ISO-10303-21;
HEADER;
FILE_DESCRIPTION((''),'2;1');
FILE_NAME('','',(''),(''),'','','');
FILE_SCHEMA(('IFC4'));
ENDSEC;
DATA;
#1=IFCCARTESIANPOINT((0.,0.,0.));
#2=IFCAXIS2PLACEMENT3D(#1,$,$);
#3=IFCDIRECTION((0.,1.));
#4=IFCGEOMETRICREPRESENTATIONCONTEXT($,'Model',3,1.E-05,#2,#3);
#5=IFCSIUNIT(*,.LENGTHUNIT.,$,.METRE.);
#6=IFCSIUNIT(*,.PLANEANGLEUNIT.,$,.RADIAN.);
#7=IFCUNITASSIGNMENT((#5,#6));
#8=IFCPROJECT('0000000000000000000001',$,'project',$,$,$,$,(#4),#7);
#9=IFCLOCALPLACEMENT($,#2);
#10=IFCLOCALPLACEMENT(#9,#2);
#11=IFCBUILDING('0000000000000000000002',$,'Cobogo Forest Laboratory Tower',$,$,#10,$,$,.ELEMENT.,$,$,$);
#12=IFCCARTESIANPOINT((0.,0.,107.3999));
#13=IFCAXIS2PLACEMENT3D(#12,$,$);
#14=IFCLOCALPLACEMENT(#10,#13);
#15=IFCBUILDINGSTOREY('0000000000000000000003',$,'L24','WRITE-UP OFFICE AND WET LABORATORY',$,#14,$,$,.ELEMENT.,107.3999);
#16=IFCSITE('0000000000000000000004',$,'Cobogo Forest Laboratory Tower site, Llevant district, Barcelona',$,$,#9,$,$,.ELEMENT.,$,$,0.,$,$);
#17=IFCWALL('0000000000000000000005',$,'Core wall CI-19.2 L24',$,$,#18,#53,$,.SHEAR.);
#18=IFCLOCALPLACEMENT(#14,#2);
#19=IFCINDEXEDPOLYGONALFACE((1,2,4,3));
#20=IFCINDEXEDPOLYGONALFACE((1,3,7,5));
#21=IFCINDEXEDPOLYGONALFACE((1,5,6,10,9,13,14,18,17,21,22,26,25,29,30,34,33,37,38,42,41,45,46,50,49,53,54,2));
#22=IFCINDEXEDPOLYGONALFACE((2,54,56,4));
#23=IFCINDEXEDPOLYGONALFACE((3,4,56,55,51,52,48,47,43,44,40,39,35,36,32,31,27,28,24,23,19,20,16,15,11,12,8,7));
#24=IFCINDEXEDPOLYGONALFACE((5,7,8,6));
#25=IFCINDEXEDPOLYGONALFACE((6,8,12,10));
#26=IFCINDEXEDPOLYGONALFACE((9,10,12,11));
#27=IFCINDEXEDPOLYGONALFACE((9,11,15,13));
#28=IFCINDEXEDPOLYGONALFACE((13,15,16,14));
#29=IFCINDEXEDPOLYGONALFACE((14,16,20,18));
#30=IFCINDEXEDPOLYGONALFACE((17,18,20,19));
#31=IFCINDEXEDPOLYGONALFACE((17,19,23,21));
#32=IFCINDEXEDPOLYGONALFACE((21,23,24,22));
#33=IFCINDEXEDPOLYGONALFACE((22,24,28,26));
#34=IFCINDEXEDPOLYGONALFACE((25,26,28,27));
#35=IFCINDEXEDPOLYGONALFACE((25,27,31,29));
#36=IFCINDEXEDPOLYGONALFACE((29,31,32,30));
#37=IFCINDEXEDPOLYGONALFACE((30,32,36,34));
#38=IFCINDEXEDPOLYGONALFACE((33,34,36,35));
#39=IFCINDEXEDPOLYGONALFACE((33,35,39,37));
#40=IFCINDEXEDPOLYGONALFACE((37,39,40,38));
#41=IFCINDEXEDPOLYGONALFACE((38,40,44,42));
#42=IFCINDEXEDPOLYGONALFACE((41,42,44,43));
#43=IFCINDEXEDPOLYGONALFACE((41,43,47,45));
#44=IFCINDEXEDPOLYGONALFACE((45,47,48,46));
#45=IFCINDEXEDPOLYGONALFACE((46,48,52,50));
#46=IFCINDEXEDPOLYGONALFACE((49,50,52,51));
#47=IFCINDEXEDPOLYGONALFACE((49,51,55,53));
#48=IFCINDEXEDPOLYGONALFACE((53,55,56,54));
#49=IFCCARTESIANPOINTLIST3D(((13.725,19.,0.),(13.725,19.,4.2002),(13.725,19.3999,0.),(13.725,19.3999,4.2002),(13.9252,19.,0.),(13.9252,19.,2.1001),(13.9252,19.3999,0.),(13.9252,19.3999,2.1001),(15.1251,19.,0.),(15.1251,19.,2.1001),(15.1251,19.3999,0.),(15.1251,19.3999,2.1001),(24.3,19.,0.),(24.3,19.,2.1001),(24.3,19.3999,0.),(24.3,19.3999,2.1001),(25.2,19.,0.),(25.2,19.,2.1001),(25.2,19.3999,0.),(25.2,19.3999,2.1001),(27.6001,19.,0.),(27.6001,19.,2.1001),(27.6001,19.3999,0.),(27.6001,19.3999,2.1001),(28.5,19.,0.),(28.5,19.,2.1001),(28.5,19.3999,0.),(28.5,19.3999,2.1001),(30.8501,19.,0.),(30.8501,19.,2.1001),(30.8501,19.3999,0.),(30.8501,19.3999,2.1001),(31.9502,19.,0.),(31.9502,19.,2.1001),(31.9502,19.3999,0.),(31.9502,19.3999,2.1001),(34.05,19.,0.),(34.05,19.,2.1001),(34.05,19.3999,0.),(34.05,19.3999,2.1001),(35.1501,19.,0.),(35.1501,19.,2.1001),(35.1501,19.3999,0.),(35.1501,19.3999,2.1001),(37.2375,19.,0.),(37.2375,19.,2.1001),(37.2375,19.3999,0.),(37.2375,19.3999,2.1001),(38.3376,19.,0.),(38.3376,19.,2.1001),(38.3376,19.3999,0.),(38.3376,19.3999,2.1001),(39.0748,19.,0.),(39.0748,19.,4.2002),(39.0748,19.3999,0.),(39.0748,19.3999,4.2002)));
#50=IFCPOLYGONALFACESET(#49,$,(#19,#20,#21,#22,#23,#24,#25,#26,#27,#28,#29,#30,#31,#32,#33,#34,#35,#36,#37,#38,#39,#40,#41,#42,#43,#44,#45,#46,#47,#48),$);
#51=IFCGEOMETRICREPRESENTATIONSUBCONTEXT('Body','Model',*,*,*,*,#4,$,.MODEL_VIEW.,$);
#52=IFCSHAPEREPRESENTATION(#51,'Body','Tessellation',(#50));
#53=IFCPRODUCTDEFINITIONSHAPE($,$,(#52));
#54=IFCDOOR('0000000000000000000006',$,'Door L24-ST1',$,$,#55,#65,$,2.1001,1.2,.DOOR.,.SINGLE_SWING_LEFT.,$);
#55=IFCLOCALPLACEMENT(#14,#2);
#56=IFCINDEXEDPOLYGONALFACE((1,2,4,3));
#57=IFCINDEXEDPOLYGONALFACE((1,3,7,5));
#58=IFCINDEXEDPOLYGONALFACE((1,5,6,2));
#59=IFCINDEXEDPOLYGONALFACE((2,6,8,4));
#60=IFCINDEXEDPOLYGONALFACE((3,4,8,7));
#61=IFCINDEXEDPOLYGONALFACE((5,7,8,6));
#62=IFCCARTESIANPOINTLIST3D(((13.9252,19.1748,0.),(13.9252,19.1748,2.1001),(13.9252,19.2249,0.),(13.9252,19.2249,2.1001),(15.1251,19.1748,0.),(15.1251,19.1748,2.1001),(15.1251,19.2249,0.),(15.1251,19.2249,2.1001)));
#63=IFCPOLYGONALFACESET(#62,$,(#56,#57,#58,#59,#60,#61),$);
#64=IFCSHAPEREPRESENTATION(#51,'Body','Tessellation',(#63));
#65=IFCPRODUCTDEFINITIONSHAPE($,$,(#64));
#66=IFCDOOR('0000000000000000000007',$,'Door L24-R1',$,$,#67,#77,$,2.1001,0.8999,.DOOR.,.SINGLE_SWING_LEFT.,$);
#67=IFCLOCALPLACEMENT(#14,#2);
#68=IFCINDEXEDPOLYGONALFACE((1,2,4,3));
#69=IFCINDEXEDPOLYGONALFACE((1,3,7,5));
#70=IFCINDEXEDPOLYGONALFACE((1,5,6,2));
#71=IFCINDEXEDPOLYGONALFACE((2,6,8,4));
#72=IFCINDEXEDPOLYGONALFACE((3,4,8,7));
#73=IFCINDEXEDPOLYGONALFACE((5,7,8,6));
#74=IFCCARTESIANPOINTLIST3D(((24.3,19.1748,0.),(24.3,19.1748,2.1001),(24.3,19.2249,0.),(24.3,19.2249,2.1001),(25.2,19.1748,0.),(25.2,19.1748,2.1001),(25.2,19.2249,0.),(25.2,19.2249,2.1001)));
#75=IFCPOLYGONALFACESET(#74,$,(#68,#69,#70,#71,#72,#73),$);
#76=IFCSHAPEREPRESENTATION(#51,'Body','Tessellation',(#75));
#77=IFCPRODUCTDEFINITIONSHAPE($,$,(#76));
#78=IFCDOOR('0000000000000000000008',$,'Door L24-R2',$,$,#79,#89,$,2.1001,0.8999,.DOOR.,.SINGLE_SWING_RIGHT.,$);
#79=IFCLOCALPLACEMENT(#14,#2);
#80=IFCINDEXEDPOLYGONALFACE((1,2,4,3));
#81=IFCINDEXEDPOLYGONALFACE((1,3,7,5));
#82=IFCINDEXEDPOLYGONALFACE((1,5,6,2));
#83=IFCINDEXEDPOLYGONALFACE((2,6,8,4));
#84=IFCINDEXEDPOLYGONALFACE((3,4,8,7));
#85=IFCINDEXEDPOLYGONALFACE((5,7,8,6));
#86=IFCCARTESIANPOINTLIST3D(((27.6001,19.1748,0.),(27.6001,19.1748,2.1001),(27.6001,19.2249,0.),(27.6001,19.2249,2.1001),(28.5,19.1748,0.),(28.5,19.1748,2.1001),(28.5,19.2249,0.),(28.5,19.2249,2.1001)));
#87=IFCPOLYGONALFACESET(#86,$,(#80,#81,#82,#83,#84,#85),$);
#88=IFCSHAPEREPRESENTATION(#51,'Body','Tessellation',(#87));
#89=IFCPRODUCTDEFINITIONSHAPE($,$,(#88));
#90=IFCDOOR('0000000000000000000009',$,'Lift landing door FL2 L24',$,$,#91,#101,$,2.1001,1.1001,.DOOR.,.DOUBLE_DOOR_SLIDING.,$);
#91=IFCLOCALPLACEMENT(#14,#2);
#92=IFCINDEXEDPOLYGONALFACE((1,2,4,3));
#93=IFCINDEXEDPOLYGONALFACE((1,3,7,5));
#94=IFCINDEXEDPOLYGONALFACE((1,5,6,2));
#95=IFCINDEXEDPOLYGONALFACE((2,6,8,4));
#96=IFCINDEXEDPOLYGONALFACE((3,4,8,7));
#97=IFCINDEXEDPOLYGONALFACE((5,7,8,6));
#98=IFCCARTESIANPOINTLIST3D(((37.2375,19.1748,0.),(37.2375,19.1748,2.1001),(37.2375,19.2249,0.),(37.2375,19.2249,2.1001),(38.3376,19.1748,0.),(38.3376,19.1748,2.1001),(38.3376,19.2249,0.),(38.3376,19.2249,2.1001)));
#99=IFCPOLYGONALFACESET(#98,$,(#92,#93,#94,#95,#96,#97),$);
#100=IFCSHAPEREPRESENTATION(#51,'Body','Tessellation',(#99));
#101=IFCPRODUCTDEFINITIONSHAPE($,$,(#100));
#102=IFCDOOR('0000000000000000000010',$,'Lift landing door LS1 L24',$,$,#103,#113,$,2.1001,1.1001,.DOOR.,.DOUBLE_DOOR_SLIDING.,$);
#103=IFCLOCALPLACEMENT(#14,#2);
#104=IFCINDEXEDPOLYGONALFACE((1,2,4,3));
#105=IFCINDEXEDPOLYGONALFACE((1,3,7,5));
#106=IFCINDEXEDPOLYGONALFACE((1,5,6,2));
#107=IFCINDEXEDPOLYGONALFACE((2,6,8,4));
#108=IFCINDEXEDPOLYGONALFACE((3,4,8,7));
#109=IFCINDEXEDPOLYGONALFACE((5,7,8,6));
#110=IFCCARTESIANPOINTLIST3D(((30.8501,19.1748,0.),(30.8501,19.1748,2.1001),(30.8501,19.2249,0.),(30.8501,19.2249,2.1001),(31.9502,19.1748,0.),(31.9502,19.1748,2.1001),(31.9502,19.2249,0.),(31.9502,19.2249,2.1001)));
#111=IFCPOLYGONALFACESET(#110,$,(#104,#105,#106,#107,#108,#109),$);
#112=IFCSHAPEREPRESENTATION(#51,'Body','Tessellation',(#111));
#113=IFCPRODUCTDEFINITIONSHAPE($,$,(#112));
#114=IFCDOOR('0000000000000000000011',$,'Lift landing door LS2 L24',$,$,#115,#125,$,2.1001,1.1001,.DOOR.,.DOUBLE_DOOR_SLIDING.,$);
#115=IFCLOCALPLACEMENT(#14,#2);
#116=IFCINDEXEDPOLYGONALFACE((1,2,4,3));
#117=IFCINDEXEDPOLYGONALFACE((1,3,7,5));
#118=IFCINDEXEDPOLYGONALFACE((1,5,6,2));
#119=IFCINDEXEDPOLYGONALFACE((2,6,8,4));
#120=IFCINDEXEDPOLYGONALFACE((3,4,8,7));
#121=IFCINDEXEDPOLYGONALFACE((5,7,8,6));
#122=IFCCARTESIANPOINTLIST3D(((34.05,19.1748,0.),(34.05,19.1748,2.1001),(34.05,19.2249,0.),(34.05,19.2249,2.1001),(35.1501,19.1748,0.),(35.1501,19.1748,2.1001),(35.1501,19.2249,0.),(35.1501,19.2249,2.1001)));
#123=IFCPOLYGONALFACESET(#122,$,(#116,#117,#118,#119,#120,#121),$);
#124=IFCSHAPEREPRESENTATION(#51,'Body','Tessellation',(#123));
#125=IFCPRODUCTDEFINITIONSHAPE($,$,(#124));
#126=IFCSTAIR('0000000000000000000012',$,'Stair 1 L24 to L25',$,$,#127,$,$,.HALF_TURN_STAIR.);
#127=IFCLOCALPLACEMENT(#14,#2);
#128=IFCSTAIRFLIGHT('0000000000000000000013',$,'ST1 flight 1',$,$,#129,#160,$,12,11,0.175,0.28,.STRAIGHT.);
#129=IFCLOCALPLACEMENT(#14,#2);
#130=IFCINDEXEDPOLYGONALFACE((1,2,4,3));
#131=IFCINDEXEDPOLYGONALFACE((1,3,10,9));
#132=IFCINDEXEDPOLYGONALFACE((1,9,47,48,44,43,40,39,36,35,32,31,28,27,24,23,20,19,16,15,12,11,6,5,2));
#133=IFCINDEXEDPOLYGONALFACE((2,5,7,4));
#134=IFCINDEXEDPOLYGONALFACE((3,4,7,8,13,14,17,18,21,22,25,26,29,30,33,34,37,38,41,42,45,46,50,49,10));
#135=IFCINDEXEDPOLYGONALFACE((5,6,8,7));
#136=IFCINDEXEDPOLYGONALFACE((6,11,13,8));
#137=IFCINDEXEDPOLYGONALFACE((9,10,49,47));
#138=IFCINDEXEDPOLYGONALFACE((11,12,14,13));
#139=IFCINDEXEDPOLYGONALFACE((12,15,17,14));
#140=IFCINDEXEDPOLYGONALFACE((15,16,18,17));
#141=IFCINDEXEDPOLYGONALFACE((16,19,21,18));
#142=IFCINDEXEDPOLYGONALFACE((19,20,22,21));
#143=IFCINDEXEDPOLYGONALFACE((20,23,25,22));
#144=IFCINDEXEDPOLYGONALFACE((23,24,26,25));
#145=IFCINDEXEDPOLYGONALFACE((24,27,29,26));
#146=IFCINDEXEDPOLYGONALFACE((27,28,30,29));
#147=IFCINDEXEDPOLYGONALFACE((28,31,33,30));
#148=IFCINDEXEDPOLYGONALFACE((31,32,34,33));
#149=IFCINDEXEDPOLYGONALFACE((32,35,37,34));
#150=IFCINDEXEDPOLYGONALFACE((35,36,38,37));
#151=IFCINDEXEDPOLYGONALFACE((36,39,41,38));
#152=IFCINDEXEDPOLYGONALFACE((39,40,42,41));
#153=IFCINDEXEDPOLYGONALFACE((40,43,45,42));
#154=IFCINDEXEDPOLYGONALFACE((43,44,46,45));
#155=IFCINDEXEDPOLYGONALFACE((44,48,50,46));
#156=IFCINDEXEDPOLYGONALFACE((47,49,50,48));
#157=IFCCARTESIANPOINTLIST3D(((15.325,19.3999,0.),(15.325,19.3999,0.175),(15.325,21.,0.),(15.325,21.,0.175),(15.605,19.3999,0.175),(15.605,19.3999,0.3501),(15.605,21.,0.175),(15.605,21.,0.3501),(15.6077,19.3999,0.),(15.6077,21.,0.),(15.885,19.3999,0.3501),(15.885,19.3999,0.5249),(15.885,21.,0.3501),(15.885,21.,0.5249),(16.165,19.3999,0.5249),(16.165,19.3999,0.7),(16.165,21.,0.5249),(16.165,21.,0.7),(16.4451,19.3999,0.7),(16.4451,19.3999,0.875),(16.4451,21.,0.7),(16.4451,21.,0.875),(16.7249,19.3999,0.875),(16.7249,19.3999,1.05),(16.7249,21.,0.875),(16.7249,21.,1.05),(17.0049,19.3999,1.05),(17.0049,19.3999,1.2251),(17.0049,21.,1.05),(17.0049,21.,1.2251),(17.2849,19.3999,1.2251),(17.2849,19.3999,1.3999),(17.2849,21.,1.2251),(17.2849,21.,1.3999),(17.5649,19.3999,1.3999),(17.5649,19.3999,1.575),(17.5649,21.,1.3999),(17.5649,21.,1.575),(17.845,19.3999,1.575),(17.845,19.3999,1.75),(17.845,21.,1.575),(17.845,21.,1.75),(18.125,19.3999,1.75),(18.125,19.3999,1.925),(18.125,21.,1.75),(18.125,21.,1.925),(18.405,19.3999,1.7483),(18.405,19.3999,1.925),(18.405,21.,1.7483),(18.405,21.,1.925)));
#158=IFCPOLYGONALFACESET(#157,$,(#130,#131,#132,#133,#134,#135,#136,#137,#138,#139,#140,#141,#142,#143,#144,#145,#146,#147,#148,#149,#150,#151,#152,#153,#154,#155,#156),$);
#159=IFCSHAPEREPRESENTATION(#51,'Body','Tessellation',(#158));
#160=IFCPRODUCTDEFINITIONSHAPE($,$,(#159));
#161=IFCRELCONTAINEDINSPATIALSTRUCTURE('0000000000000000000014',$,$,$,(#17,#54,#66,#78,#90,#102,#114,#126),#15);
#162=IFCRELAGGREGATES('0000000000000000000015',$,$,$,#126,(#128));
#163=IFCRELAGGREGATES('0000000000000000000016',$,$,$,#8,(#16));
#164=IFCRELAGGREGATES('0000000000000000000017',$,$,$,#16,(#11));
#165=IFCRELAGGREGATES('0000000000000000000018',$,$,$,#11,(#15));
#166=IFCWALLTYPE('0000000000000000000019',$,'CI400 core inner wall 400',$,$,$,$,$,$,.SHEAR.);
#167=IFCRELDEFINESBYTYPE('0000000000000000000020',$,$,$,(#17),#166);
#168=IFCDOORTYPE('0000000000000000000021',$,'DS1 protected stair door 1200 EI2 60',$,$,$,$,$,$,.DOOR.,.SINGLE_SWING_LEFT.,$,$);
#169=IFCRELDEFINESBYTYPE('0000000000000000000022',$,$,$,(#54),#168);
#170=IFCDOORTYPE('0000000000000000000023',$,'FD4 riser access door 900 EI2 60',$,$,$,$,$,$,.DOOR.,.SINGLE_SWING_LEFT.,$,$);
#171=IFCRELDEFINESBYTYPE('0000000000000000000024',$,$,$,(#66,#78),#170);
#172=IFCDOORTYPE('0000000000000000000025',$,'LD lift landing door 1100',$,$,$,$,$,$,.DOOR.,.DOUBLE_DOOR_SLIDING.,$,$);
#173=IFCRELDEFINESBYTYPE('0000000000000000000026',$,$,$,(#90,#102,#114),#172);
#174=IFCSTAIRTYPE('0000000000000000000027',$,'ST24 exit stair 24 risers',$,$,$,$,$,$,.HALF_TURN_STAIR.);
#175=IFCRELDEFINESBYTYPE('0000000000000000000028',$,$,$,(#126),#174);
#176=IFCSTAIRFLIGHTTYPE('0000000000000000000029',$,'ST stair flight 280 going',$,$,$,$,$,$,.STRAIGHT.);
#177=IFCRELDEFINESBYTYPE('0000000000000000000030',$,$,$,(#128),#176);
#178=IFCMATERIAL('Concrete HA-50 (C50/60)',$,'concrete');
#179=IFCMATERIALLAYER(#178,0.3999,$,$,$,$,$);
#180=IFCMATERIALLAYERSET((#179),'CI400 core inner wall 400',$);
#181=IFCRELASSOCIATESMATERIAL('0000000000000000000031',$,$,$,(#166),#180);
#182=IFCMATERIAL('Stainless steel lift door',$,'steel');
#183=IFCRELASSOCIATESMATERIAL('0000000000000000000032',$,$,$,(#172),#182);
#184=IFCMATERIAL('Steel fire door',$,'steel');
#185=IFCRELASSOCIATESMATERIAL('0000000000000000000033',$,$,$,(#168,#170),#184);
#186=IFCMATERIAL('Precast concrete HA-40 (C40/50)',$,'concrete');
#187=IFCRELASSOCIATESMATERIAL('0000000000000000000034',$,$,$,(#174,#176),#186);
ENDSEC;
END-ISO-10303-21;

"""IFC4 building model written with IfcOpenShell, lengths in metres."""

from ifc_helpers import new_model, si_unit, direction, frame, frame_2d, origin, place, context, subcontext, project, spatial, polyline, rectangle, outline, extrude, material, layer, layer_set, type_object, element, fill, aggregate, save


model = new_model("IFC4")

# Units and contexts
model_context = context("Model", 3, precision=1e-05, world=origin(), true_north=direction((0.0, 1.0)))
body_context = subcontext(model_context, "Body", "Model", "MODEL_VIEW")
ifc_project = project(units=[si_unit("LENGTHUNIT", "METRE"), si_unit("PLANEANGLEUNIT", "RADIAN")], contexts=[model_context])

# Site, building, storey
site_placement = place(None, origin())
site = spatial("IfcSite", under=ifc_project, at=site_placement, Name="Cobogo Forest Laboratory Tower site, Llevant district, Barcelona", CompositionType="ELEMENT", RefElevation=0.0)
building_placement = place(site_placement, origin())
building = spatial("IfcBuilding", under=site, at=building_placement, Name="Cobogo Forest Laboratory Tower", CompositionType="ELEMENT")
storey_placement = place(building_placement, frame((0.0, 0.0, 107.3999)))
storey = spatial("IfcBuildingStorey", under=building, at=storey_placement, Name="L24", Description="WRITE-UP OFFICE AND WET LABORATORY", CompositionType="ELEMENT", Elevation=107.3999)

# Wall, openings, doors
ifc_material_1 = material(Name="Concrete HA-50 (C50/60)", Category="concrete")
ifc_layer = layer(ifc_material_1, 0.3999)
ifc_layer_set = layer_set([ifc_layer], Name="CI400 core inner wall 400")
wall_type = type_object("IfcWallType", Name="CI400 core inner wall 400", PredefinedType="SHEAR", material=ifc_layer_set)
ifc_material_2 = material(Name="Steel fire door", Category="steel")
ifc_material_3 = material(Name="Stainless steel lift door", Category="steel")
door_type_1 = type_object("IfcDoorType", Name="LD lift landing door 1100", OperationType="DOUBLE_DOOR_SLIDING", PredefinedType="DOOR", material=ifc_material_3)
wall_1_placement = place(storey_placement, frame((13.7251, 19.2, 0.0), z_axis=(0.0, 0.0, 1.0), x_axis=(1.0, 0.0, 0.0)))
wall_1 = element("IfcWall", 1, at=wall_1_placement, inside=storey, type_object=wall_type, Name="Core wall CI-19.2 L24", PredefinedType="SHEAR", context=body_context, shape_type="SweptSolid", body=[
    extrude(rectangle(XDim=25.3499, YDim=0.3999, at=frame_2d((12.6748, 0.0))), origin(), (0.0, 0.0, 1.0), 4.2002),
])
opening_1_placement = place(wall_1_placement, frame((10.575, 0.0, 0.0)))
opening_1 = element("IfcOpeningElement", 2, at=opening_1_placement, cuts=wall_1, PredefinedType="OPENING", context=body_context, shape_type="SweptSolid", body=[
    extrude(rectangle(XDim=0.8999, YDim=2.1001, at=frame_2d((0.45, 1.05))), frame((0.0, 0.21, 0.0), z_axis=(0.0, -1.0, 0.0), x_axis=(1.0, 0.0, 0.0)), (0.0, 0.0, 1.0), 0.4199),
])
opening_2_placement = place(wall_1_placement, frame((13.875, 0.0, 0.0)))
opening_2 = element("IfcOpeningElement", 3, at=opening_2_placement, cuts=wall_1, PredefinedType="OPENING", context=body_context, shape_type="SweptSolid", body=[
    extrude(rectangle(XDim=0.8999, YDim=2.1001, at=frame_2d((0.45, 1.05))), frame((0.0, 0.21, 0.0), z_axis=(0.0, -1.0, 0.0), x_axis=(1.0, 0.0, 0.0)), (0.0, 0.0, 1.0), 0.4199),
])
opening_3_placement = place(wall_1_placement, frame((0.2, 0.0, 0.0)))
opening_3 = element("IfcOpeningElement", 4, at=opening_3_placement, cuts=wall_1, PredefinedType="OPENING", context=body_context, shape_type="SweptSolid", body=[
    extrude(rectangle(XDim=1.2, YDim=2.1001, at=frame_2d((0.6001, 1.05))), frame((0.0, 0.21, 0.0), z_axis=(0.0, -1.0, 0.0), x_axis=(1.0, 0.0, 0.0)), (0.0, 0.0, 1.0), 0.4199),
])
opening_4_placement = place(wall_1_placement, frame((23.5125, 0.0, 0.0)))
opening_4 = element("IfcOpeningElement", 5, at=opening_4_placement, cuts=wall_1, PredefinedType="OPENING", context=body_context, shape_type="SweptSolid", body=[
    extrude(rectangle(XDim=1.1001, YDim=2.1001, at=frame_2d((0.55, 1.05))), frame((0.0, 0.21, 0.0), z_axis=(0.0, -1.0, 0.0), x_axis=(1.0, 0.0, 0.0)), (0.0, 0.0, 1.0), 0.4199),
])
opening_5_placement = place(wall_1_placement, frame((17.125, 0.0, 0.0)))
opening_5 = element("IfcOpeningElement", 6, at=opening_5_placement, cuts=wall_1, PredefinedType="OPENING", context=body_context, shape_type="SweptSolid", body=[
    extrude(rectangle(XDim=1.1001, YDim=2.1001, at=frame_2d((0.55, 1.05))), frame((0.0, 0.21, 0.0), z_axis=(0.0, -1.0, 0.0), x_axis=(1.0, 0.0, 0.0)), (0.0, 0.0, 1.0), 0.4199),
])
opening_6_placement = place(wall_1_placement, frame((20.325, 0.0, 0.0)))
opening_6 = element("IfcOpeningElement", 7, at=opening_6_placement, cuts=wall_1, PredefinedType="OPENING", context=body_context, shape_type="SweptSolid", body=[
    extrude(rectangle(XDim=1.1001, YDim=2.1001, at=frame_2d((0.55, 1.05))), frame((0.0, 0.21, 0.0), z_axis=(0.0, -1.0, 0.0), x_axis=(1.0, 0.0, 0.0)), (0.0, 0.0, 1.0), 0.4199),
])
door_type_2 = type_object("IfcDoorType", Name="DS1 protected stair door 1200 EI2 60", OperationType="SINGLE_SWING_LEFT", PredefinedType="DOOR", material=ifc_material_2)
door_1_placement = place(opening_3_placement, origin())
door_1 = element("IfcDoor", 8, at=door_1_placement, inside=storey, type_object=door_type_2, Name="Door L24-ST1", OperationType="SINGLE_SWING_LEFT", OverallHeight=2.1001, OverallWidth=1.2, PredefinedType="DOOR", context=body_context, shape_type="SweptSolid", body=[
    extrude(rectangle(XDim=1.2, YDim=2.1001, at=frame_2d((0.6001, 1.05))), frame((0.0, 0.0249, 0.0), z_axis=(0.0, -1.0, 0.0), x_axis=(1.0, 0.0, 0.0)), (0.0, 0.0, 1.0), 0.05),
])
fill(opening_3, door_1)
door_type_3 = type_object("IfcDoorType", Name="FD4 riser access door 900 EI2 60", OperationType="SINGLE_SWING_LEFT", PredefinedType="DOOR", material=ifc_material_2)
door_2_placement = place(opening_1_placement, origin())
door_2 = element("IfcDoor", 9, at=door_2_placement, inside=storey, type_object=door_type_3, Name="Door L24-R1", OperationType="SINGLE_SWING_LEFT", OverallHeight=2.1001, OverallWidth=0.8999, PredefinedType="DOOR", context=body_context, shape_type="SweptSolid", body=[
    extrude(rectangle(XDim=0.8999, YDim=2.1001, at=frame_2d((0.45, 1.05))), frame((0.0, 0.0249, 0.0), z_axis=(0.0, -1.0, 0.0), x_axis=(1.0, 0.0, 0.0)), (0.0, 0.0, 1.0), 0.05),
])
fill(opening_1, door_2)
door_3_placement = place(opening_2_placement, origin())
door_3 = element("IfcDoor", 10, at=door_3_placement, inside=storey, type_object=door_type_3, Name="Door L24-R2", OperationType="SINGLE_SWING_RIGHT", OverallHeight=2.1001, OverallWidth=0.8999, PredefinedType="DOOR", context=body_context, shape_type="SweptSolid", body=[
    extrude(rectangle(XDim=0.8999, YDim=2.1001, at=frame_2d((0.45, 1.05))), frame((0.0, 0.0249, 0.0), z_axis=(0.0, -1.0, 0.0), x_axis=(1.0, 0.0, 0.0)), (0.0, 0.0, 1.0), 0.05),
])
fill(opening_2, door_3)
door_4_placement = place(opening_4_placement, origin())
door_4 = element("IfcDoor", 11, at=door_4_placement, inside=storey, type_object=door_type_1, Name="Lift landing door FL2 L24", OperationType="DOUBLE_DOOR_SLIDING", OverallHeight=2.1001, OverallWidth=1.1001, PredefinedType="DOOR", context=body_context, shape_type="SweptSolid", body=[
    extrude(rectangle(XDim=1.1001, YDim=2.1001, at=frame_2d((0.55, 1.05))), frame((0.0, 0.0249, 0.0), z_axis=(0.0, -1.0, 0.0), x_axis=(1.0, 0.0, 0.0)), (0.0, 0.0, 1.0), 0.05),
])
fill(opening_4, door_4)
door_5_placement = place(opening_5_placement, origin())
door_5 = element("IfcDoor", 12, at=door_5_placement, inside=storey, type_object=door_type_1, Name="Lift landing door LS1 L24", OperationType="DOUBLE_DOOR_SLIDING", OverallHeight=2.1001, OverallWidth=1.1001, PredefinedType="DOOR", context=body_context, shape_type="SweptSolid", body=[
    extrude(rectangle(XDim=1.1001, YDim=2.1001, at=frame_2d((0.55, 1.05))), frame((0.0, 0.0249, 0.0), z_axis=(0.0, -1.0, 0.0), x_axis=(1.0, 0.0, 0.0)), (0.0, 0.0, 1.0), 0.05),
])
fill(opening_5, door_5)
door_6_placement = place(opening_6_placement, origin())
door_6 = element("IfcDoor", 13, at=door_6_placement, inside=storey, type_object=door_type_1, Name="Lift landing door LS2 L24", OperationType="DOUBLE_DOOR_SLIDING", OverallHeight=2.1001, OverallWidth=1.1001, PredefinedType="DOOR", context=body_context, shape_type="SweptSolid", body=[
    extrude(rectangle(XDim=1.1001, YDim=2.1001, at=frame_2d((0.55, 1.05))), frame((0.0, 0.0249, 0.0), z_axis=(0.0, -1.0, 0.0), x_axis=(1.0, 0.0, 0.0)), (0.0, 0.0, 1.0), 0.05),
])
fill(opening_6, door_6)

# Stair, stair flight
ifc_material_4 = material(Name="Precast concrete HA-40 (C40/50)", Category="concrete")
stair_type = type_object("IfcStairType", Name="ST24 exit stair 24 risers", PredefinedType="HALF_TURN_STAIR", material=ifc_material_4)
stair_placement = place(storey_placement, origin())
stair = element("IfcStair", 14, at=stair_placement, inside=storey, type_object=stair_type, Name="Stair 1 L24 to L25", PredefinedType="HALF_TURN_STAIR")
stair_flight_type = type_object("IfcStairFlightType", Name="ST stair flight 280 going", PredefinedType="STRAIGHT", material=ifc_material_4)
stair_flight_1_placement = place(storey_placement, frame((15.325, 20.2, 0.0), z_axis=(0.0, 0.0, 1.0), x_axis=(1.0, 0.0, 0.0)))
stair_flight_1 = element("IfcStairFlight", 15, at=stair_flight_1_placement, type_object=stair_flight_type, Name="ST1 flight 1", NumberOfRisers=12, NumberOfTreads=11, PredefinedType="STRAIGHT", RiserHeight=0.175, TreadLength=0.28, context=body_context, shape_type="SweptSolid", body=[
    extrude(outline(polyline([(0.0, 0.0), (0.0, 0.175), (0.28, 0.175), (0.28, 0.3501), (0.5601, 0.3501), (0.5601, 0.5249), (0.8401, 0.5249), (0.8401, 0.7), (1.1201, 0.7), (1.1201, 0.875), (1.3999, 0.875), (1.3999, 1.05), (1.6799, 1.05), (1.6799, 1.2251), (1.96, 1.2251), (1.96, 1.3999), (2.24, 1.3999), (2.24, 1.575), (2.52, 1.575), (2.52, 1.75), (2.8, 1.75), (2.8, 1.925), (3.0801, 1.925), (3.0801, 2.1001), (3.0801, 1.7483), (0.2827, 0.0), (0.0, 0.0)])), frame((0.0, 0.8, 0.0), z_axis=(0.0, -1.0, 0.0), x_axis=(1.0, 0.0, 0.0)), (0.0, 0.0, 1.0), 1.6001),
])
aggregate(stair, [stair_flight_1])

save(model, "model.ifc")
